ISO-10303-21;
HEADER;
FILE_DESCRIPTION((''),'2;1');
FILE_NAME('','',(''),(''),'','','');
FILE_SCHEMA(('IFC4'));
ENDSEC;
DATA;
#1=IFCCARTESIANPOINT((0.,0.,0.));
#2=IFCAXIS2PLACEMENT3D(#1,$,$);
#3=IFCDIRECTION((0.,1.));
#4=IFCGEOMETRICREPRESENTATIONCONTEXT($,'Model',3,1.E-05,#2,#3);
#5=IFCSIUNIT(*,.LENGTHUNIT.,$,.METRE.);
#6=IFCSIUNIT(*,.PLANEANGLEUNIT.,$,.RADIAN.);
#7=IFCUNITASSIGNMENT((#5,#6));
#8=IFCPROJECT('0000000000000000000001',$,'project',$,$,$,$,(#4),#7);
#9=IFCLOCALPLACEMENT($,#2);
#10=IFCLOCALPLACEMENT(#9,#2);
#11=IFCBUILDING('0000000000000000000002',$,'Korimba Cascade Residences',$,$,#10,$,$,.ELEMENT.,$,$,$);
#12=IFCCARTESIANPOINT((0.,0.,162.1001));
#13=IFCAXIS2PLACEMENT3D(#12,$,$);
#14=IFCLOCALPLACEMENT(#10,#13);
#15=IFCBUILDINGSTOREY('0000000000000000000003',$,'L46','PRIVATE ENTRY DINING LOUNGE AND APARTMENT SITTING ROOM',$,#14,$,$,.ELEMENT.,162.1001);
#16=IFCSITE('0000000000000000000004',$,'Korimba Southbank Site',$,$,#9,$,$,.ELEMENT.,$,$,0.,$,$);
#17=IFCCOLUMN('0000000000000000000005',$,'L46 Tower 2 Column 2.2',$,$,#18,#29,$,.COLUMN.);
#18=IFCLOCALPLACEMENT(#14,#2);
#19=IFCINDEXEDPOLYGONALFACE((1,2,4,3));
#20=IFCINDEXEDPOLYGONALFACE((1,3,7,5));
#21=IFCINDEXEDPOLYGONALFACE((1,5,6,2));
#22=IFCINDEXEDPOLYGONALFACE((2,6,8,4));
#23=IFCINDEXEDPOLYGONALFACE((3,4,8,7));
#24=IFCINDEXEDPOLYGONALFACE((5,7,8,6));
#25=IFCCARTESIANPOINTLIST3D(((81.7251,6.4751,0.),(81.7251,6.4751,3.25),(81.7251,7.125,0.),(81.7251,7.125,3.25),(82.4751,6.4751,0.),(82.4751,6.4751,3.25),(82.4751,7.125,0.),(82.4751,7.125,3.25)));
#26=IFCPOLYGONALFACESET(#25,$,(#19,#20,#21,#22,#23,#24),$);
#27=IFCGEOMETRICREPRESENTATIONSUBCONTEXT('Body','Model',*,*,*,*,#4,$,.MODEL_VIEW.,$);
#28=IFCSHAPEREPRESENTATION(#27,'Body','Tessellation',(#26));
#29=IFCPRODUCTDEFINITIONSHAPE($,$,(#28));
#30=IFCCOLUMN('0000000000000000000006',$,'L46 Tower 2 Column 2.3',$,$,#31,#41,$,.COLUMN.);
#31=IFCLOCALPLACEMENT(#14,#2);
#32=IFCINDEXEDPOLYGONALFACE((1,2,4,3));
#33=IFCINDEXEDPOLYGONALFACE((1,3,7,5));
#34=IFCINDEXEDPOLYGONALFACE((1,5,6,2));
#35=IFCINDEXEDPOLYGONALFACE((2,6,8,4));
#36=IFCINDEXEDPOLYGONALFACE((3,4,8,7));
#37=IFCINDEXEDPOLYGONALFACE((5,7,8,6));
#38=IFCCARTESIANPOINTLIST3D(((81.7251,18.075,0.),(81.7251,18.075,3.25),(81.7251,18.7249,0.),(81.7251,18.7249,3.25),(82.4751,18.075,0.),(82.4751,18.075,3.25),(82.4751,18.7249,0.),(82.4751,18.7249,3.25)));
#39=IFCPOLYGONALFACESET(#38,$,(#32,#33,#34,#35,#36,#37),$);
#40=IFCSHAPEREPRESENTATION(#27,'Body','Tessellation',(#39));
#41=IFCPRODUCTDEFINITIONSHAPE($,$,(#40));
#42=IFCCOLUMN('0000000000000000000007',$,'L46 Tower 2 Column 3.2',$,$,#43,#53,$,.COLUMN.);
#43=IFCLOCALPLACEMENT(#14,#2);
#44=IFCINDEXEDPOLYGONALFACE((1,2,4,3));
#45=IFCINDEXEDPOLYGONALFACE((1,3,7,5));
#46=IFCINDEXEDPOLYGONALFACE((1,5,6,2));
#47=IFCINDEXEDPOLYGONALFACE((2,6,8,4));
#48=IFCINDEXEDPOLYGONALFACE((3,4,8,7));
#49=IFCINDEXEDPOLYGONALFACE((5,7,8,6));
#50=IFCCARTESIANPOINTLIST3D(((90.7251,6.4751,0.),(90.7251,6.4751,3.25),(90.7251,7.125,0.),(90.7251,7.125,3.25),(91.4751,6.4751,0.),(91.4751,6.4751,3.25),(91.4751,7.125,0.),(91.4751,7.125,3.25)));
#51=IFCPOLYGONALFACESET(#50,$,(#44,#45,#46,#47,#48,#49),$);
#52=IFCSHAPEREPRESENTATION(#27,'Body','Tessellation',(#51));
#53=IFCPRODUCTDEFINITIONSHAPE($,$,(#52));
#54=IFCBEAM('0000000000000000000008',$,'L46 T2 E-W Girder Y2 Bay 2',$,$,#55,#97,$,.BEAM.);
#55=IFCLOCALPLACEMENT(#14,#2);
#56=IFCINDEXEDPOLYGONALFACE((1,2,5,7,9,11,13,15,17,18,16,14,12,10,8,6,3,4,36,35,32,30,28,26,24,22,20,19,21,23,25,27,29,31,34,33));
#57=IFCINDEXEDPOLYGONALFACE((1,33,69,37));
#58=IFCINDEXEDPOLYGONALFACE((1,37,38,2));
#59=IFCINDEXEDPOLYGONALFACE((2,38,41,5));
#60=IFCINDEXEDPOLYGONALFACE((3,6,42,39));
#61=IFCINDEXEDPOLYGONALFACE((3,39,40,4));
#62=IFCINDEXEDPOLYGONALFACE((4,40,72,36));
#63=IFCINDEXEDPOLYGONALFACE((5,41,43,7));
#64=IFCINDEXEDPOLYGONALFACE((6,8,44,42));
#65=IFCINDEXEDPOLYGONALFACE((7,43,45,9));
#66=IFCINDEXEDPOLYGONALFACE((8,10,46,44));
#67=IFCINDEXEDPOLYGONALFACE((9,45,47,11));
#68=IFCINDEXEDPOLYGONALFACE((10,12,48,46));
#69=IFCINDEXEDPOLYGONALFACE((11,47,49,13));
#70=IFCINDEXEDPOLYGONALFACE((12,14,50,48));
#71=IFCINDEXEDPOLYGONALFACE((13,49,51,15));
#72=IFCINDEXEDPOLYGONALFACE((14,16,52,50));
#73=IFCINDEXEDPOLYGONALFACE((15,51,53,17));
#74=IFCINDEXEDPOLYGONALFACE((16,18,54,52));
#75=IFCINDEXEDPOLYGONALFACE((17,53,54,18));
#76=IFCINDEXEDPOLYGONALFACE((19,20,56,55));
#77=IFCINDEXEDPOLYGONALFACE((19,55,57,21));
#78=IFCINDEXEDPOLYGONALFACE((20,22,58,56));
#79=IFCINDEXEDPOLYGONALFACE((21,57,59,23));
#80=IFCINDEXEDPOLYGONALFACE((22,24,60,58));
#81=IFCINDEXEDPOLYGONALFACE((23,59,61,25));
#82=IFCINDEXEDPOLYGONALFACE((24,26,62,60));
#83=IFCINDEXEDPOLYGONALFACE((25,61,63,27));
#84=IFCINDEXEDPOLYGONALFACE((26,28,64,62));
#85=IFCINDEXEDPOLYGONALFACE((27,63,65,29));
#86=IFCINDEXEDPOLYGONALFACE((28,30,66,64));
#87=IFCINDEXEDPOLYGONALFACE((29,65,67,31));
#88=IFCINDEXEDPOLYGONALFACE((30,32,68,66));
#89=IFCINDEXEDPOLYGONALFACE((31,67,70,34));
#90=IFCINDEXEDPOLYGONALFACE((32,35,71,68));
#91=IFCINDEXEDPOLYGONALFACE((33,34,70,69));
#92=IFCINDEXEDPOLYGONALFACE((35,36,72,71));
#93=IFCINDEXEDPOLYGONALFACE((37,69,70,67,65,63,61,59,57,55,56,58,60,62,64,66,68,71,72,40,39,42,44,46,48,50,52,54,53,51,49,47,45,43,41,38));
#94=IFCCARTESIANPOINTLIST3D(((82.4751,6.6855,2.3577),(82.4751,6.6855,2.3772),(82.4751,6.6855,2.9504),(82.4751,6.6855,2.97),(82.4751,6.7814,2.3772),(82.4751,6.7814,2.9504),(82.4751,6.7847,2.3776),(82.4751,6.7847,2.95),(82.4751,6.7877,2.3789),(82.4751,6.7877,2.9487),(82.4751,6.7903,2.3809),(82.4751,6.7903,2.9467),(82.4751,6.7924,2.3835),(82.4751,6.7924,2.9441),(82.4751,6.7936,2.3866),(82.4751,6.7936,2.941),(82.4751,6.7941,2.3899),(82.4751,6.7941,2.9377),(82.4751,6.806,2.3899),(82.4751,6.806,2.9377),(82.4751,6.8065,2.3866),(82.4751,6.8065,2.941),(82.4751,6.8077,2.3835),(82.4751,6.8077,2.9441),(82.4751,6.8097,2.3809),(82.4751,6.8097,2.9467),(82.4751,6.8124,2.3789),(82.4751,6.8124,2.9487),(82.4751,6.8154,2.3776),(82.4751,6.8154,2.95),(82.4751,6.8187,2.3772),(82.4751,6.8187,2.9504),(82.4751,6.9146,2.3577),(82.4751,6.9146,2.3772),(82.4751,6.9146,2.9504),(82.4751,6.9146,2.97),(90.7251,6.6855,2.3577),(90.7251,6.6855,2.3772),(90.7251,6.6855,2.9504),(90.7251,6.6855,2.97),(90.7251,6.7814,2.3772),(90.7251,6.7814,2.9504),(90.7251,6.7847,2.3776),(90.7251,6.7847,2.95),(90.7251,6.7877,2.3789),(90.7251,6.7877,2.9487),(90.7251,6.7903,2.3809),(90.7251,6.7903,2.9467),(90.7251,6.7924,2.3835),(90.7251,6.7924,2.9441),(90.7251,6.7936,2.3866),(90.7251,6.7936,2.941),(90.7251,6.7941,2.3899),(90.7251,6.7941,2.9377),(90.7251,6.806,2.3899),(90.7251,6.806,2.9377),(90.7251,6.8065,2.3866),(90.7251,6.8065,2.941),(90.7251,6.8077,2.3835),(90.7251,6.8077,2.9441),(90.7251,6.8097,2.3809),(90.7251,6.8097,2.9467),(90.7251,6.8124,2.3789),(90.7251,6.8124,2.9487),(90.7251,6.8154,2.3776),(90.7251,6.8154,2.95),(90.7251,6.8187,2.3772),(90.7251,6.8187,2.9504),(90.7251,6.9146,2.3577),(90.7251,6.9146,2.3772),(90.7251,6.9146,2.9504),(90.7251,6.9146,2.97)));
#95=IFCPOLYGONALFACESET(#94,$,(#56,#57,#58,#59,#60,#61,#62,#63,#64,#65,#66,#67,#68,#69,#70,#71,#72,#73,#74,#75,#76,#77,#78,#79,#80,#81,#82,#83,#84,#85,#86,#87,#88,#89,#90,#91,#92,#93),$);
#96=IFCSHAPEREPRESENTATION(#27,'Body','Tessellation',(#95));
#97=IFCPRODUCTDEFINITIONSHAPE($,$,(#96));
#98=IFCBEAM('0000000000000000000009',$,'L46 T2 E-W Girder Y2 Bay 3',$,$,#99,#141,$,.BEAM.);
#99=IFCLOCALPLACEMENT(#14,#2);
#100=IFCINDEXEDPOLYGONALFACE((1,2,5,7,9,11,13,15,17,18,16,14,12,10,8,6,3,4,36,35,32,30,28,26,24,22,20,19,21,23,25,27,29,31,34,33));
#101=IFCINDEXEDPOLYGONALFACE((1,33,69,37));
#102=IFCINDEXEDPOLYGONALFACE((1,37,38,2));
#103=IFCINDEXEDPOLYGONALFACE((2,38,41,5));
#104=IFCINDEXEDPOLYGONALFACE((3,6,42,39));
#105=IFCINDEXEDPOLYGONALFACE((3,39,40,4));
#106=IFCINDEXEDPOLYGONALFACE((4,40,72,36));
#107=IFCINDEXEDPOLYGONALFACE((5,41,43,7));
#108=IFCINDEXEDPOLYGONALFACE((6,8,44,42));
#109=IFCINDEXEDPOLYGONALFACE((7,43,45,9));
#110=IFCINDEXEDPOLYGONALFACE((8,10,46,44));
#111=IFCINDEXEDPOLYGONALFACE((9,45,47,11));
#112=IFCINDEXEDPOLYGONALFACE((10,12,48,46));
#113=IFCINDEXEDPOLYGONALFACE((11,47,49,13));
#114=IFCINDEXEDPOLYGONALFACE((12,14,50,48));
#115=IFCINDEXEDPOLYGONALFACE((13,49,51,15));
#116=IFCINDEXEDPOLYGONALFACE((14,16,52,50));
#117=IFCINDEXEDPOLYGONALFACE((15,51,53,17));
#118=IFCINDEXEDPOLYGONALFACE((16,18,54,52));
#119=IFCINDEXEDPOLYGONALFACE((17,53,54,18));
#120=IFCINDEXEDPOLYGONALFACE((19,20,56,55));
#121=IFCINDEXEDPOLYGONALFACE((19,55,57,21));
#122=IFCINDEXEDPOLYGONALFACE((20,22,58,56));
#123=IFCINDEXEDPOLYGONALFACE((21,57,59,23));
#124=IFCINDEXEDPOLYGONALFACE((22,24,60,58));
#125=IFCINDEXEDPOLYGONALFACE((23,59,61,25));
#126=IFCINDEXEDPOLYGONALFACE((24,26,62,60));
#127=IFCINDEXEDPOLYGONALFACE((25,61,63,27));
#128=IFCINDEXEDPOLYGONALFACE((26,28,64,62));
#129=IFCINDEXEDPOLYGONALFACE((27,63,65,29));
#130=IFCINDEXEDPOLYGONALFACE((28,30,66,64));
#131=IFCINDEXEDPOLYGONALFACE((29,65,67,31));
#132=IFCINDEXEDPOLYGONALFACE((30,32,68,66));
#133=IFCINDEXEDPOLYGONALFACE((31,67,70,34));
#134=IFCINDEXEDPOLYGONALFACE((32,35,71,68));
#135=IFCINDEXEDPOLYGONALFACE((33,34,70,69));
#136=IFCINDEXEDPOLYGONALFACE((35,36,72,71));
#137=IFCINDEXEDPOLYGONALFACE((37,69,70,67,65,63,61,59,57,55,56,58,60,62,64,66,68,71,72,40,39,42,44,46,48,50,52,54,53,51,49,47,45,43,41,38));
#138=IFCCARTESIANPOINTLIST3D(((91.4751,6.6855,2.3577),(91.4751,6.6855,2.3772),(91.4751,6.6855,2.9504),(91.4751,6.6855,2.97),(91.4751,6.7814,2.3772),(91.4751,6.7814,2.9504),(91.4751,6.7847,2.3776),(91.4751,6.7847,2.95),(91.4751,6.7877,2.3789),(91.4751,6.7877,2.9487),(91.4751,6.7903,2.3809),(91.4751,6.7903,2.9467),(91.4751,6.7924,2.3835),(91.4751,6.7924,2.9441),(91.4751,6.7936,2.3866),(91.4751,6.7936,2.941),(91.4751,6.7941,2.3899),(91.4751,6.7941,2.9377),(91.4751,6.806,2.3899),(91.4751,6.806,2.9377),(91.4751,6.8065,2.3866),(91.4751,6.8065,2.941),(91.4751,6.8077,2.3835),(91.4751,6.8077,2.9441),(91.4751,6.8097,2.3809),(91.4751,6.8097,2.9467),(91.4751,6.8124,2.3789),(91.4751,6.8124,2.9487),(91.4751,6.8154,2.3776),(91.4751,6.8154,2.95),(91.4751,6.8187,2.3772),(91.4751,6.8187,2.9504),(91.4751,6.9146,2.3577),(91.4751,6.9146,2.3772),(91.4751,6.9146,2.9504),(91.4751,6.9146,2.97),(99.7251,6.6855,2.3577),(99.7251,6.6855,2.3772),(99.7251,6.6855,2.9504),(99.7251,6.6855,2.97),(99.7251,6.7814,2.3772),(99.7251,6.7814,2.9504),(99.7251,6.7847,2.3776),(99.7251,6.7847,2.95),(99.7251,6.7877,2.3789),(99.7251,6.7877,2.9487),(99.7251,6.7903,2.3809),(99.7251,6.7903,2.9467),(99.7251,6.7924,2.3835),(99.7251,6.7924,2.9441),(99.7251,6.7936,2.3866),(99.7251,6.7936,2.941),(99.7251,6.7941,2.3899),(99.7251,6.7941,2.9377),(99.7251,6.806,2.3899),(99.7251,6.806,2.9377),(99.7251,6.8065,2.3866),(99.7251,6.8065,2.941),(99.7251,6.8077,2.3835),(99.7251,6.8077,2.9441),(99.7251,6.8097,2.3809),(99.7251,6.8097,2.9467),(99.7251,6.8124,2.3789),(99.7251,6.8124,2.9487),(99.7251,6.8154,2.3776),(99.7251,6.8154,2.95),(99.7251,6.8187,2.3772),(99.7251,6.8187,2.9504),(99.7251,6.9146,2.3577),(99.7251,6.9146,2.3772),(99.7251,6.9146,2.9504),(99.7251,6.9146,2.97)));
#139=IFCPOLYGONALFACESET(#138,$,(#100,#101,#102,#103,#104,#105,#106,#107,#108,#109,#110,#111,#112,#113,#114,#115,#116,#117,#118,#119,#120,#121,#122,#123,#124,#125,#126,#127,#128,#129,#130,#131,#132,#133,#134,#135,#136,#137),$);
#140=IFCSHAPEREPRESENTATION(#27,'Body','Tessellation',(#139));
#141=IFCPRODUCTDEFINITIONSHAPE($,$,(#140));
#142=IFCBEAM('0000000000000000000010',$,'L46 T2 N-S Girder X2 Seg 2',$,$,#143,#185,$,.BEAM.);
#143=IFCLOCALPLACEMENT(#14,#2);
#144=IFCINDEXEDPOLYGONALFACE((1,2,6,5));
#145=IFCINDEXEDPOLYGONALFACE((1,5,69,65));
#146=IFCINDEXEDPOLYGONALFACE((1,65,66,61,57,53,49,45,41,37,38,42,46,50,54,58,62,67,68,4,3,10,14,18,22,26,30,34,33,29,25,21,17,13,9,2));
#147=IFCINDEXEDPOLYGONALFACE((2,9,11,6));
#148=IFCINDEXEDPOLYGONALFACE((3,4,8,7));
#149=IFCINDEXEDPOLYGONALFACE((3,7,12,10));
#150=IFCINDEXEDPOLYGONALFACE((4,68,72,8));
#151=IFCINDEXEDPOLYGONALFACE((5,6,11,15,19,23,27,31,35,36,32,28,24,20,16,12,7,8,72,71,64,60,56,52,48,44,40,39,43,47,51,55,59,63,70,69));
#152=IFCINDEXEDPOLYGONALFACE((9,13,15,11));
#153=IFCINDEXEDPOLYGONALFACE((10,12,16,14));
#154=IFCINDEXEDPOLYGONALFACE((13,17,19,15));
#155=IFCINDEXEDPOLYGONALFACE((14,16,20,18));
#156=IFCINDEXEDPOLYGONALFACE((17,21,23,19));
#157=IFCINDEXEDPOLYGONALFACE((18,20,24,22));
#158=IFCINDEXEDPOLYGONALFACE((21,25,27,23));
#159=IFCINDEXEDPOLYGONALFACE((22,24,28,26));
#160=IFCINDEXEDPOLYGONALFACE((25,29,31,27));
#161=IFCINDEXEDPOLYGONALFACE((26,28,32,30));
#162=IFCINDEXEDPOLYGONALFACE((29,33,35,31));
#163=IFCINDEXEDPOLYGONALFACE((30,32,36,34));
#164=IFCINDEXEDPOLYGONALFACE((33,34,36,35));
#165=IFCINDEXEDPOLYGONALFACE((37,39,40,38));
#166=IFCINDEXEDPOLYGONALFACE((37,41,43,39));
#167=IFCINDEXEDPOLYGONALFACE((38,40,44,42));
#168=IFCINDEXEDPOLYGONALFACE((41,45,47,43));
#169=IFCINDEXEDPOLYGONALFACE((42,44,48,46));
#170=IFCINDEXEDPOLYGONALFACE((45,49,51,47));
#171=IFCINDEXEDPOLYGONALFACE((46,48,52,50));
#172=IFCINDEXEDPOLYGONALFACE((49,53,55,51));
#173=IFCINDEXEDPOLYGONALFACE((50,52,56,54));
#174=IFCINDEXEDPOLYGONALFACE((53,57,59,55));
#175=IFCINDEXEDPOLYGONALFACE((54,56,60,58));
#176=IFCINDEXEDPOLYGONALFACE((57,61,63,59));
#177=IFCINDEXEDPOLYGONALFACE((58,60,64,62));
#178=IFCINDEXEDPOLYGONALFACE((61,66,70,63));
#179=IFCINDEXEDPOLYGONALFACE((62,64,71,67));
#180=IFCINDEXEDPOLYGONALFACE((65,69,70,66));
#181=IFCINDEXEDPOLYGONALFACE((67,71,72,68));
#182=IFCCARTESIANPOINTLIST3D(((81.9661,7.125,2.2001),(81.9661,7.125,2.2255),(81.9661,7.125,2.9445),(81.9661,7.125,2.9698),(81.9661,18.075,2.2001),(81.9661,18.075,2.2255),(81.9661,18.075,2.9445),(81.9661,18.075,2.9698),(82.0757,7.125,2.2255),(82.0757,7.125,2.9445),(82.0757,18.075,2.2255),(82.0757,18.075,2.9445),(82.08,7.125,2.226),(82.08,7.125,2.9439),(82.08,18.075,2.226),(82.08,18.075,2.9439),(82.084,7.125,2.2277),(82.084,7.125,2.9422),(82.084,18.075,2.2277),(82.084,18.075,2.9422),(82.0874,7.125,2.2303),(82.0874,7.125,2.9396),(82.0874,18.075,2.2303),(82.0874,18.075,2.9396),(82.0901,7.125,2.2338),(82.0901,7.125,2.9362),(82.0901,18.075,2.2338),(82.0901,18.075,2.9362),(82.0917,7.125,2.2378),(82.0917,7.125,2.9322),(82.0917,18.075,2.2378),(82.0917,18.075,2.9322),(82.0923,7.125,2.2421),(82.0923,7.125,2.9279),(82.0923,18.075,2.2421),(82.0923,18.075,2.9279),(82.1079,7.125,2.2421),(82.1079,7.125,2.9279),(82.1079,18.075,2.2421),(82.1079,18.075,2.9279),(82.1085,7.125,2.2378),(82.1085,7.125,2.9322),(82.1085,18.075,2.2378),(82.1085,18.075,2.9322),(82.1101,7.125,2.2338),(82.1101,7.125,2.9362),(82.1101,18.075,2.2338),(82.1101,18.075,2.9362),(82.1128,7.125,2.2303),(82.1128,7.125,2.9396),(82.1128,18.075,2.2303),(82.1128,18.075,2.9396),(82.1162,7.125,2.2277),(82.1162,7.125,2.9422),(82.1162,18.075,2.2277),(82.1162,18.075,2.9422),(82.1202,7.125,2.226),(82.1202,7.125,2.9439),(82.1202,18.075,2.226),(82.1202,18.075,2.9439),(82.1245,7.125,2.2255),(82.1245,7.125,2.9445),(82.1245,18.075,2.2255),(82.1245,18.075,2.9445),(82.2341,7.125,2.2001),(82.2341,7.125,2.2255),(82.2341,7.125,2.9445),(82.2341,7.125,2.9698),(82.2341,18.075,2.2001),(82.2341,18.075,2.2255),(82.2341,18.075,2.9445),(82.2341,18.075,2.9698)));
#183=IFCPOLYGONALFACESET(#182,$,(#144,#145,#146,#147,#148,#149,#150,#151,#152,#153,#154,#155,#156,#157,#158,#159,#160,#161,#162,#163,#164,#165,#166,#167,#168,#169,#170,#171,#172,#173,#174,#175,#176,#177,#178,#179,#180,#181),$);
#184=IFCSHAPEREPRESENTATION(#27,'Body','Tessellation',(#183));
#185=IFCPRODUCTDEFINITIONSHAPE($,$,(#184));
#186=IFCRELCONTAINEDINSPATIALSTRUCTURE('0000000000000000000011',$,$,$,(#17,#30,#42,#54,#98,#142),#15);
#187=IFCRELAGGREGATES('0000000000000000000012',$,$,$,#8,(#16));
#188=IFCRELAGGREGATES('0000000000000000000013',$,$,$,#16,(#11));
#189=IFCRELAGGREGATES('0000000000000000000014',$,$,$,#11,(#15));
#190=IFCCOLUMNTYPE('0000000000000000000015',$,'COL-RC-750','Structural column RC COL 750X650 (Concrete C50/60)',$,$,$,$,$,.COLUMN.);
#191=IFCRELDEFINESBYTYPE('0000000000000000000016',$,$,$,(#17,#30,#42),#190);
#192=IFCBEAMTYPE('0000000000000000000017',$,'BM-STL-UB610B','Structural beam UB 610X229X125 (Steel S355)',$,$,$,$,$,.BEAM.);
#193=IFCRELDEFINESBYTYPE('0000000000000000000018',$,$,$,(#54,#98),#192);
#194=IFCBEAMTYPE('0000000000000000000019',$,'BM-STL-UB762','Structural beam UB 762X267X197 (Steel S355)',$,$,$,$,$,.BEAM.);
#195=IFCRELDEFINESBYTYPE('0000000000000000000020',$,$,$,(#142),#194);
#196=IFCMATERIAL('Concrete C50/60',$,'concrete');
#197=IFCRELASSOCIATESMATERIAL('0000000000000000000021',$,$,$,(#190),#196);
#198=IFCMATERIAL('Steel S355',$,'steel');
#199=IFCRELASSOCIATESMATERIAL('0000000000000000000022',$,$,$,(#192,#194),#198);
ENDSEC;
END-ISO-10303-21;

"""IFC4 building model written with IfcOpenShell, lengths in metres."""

from ifc_helpers import new_model, si_unit, direction, frame, origin, origin_2d, place, context, subcontext, project, spatial, rectangle, i_section, extrude, material, material_profile, profile_set, type_object, element, save


model = new_model("IFC4")

# Units and contexts
model_context = context("Model", 3, precision=1e-05, world=origin(), true_north=direction((0.0, 1.0)))
body_context = subcontext(model_context, "Body", "Model", "MODEL_VIEW")
ifc_project = project(units=[si_unit("LENGTHUNIT", "METRE"), si_unit("PLANEANGLEUNIT", "RADIAN")], contexts=[model_context])

# Site, building, storey
site_placement = place(None, origin())
site = spatial("IfcSite", under=ifc_project, at=site_placement, Name="Korimba Southbank Site", CompositionType="ELEMENT", RefElevation=0.0)
building_placement = place(site_placement, origin())
building = spatial("IfcBuilding", under=site, at=building_placement, Name="Korimba Cascade Residences", CompositionType="ELEMENT")
storey_placement = place(building_placement, frame((0.0, 0.0, 162.1001)))
storey = spatial("IfcBuildingStorey", under=building, at=storey_placement, Name="L46", Description="PRIVATE ENTRY DINING LOUNGE AND APARTMENT SITTING ROOM", CompositionType="ELEMENT", Elevation=162.1001)

# Columns
ifc_material_1 = material(Name="Concrete C50/60", Category="concrete")
ifc_material_profile_1 = material_profile(ifc_material_1, rectangle(XDim=0.75, YDim=0.6499, at=origin_2d()), Name="Concrete C50/60")
ifc_profile_set_1 = profile_set([ifc_material_profile_1], Name="Concrete C50/60")
column_type = type_object("IfcColumnType", Name="COL-RC-750", Description="Structural column RC COL 750X650 (Concrete C50/60)", PredefinedType="COLUMN", material=ifc_profile_set_1)
for number, where, z_axis, x_axis, name in (
    (1, (82.1001, 6.8, 0.0), (0.0, 0.0, 1.0), (1.0, 0.0, 0.0), "L46 Tower 2 Column 2.2"),
    (2, (82.1001, 18.3999, 0.0), (0.0, 0.0, 1.0), (1.0, 0.0, 0.0), "L46 Tower 2 Column 2.3"),
    (3, (91.1001, 6.8, 0.0), (0.0, 0.0, 1.0), (1.0, 0.0, 0.0), "L46 Tower 2 Column 3.2"),
):
    element("IfcColumn", number, at=place(storey_placement, frame(where, z_axis=z_axis, x_axis=x_axis)), inside=storey, type_object=column_type, Name=name, PredefinedType="COLUMN", context=body_context, shape_type="SweptSolid", body=[
        extrude(rectangle(XDim=0.75, YDim=0.6499, at=origin_2d()), origin(), (0.0, 0.0, 1.0), 3.25),
    ])

# Beams
ifc_material_2 = material(Name="Steel S355", Category="steel")
ifc_material_profile_2 = material_profile(ifc_material_2, i_section(OverallWidth=0.229, OverallDepth=0.6123, WebThickness=0.012, FlangeThickness=0.0195, FilletRadius=0.0127, at=origin_2d()), Name="Steel S355")
ifc_profile_set_2 = profile_set([ifc_material_profile_2], Name="Steel S355")
beam_type_1 = type_object("IfcBeamType", Name="BM-STL-UB610B", Description="Structural beam UB 610X229X125 (Steel S355)", PredefinedType="BEAM", material=ifc_profile_set_2)
for number, where, z_axis, x_axis, name in (
    (4, (82.4751, 6.8, 2.6638), (1.0, 0.0, 0.0), (0.0, 1.0, 0.0), "L46 T2 E-W Girder Y2 Bay 2"),
    (5, (91.4751, 6.8, 2.6638), (1.0, 0.0, 0.0), (0.0, 1.0, 0.0), "L46 T2 E-W Girder Y2 Bay 3"),
):
    element("IfcBeam", number, at=place(storey_placement, frame(where, z_axis=z_axis, x_axis=x_axis)), inside=storey, type_object=beam_type_1, Name=name, PredefinedType="BEAM", context=body_context, shape_type="SweptSolid", body=[
        extrude(i_section(OverallWidth=0.229, OverallDepth=0.6123, WebThickness=0.012, FlangeThickness=0.0195, FilletRadius=0.0127, at=origin_2d()), origin(), (0.0, 0.0, 1.0), 8.25),
    ])
ifc_material_profile_3 = material_profile(ifc_material_2, i_section(OverallWidth=0.2681, OverallDepth=0.7698, WebThickness=0.0156, FlangeThickness=0.0254, FilletRadius=0.0166, at=origin_2d()), Name="Steel S355")
ifc_profile_set_3 = profile_set([ifc_material_profile_3], Name="Steel S355")
beam_type_2 = type_object("IfcBeamType", Name="BM-STL-UB762", Description="Structural beam UB 762X267X197 (Steel S355)", PredefinedType="BEAM", material=ifc_profile_set_3)
for number, where, z_axis, x_axis, name in (
    (6, (82.1001, 7.125, 2.585), (0.0, 1.0, 0.0), (-1.0, 0.0, 0.0), "L46 T2 N-S Girder X2 Seg 2"),
):
    element("IfcBeam", number, at=place(storey_placement, frame(where, z_axis=z_axis, x_axis=x_axis)), inside=storey, type_object=beam_type_2, Name=name, PredefinedType="BEAM", context=body_context, shape_type="SweptSolid", body=[
        extrude(i_section(OverallWidth=0.2681, OverallDepth=0.7698, WebThickness=0.0156, FlangeThickness=0.0254, FilletRadius=0.0166, at=origin_2d()), origin(), (0.0, 0.0, 1.0), 10.95),
    ])

save(model, "model.ifc")
